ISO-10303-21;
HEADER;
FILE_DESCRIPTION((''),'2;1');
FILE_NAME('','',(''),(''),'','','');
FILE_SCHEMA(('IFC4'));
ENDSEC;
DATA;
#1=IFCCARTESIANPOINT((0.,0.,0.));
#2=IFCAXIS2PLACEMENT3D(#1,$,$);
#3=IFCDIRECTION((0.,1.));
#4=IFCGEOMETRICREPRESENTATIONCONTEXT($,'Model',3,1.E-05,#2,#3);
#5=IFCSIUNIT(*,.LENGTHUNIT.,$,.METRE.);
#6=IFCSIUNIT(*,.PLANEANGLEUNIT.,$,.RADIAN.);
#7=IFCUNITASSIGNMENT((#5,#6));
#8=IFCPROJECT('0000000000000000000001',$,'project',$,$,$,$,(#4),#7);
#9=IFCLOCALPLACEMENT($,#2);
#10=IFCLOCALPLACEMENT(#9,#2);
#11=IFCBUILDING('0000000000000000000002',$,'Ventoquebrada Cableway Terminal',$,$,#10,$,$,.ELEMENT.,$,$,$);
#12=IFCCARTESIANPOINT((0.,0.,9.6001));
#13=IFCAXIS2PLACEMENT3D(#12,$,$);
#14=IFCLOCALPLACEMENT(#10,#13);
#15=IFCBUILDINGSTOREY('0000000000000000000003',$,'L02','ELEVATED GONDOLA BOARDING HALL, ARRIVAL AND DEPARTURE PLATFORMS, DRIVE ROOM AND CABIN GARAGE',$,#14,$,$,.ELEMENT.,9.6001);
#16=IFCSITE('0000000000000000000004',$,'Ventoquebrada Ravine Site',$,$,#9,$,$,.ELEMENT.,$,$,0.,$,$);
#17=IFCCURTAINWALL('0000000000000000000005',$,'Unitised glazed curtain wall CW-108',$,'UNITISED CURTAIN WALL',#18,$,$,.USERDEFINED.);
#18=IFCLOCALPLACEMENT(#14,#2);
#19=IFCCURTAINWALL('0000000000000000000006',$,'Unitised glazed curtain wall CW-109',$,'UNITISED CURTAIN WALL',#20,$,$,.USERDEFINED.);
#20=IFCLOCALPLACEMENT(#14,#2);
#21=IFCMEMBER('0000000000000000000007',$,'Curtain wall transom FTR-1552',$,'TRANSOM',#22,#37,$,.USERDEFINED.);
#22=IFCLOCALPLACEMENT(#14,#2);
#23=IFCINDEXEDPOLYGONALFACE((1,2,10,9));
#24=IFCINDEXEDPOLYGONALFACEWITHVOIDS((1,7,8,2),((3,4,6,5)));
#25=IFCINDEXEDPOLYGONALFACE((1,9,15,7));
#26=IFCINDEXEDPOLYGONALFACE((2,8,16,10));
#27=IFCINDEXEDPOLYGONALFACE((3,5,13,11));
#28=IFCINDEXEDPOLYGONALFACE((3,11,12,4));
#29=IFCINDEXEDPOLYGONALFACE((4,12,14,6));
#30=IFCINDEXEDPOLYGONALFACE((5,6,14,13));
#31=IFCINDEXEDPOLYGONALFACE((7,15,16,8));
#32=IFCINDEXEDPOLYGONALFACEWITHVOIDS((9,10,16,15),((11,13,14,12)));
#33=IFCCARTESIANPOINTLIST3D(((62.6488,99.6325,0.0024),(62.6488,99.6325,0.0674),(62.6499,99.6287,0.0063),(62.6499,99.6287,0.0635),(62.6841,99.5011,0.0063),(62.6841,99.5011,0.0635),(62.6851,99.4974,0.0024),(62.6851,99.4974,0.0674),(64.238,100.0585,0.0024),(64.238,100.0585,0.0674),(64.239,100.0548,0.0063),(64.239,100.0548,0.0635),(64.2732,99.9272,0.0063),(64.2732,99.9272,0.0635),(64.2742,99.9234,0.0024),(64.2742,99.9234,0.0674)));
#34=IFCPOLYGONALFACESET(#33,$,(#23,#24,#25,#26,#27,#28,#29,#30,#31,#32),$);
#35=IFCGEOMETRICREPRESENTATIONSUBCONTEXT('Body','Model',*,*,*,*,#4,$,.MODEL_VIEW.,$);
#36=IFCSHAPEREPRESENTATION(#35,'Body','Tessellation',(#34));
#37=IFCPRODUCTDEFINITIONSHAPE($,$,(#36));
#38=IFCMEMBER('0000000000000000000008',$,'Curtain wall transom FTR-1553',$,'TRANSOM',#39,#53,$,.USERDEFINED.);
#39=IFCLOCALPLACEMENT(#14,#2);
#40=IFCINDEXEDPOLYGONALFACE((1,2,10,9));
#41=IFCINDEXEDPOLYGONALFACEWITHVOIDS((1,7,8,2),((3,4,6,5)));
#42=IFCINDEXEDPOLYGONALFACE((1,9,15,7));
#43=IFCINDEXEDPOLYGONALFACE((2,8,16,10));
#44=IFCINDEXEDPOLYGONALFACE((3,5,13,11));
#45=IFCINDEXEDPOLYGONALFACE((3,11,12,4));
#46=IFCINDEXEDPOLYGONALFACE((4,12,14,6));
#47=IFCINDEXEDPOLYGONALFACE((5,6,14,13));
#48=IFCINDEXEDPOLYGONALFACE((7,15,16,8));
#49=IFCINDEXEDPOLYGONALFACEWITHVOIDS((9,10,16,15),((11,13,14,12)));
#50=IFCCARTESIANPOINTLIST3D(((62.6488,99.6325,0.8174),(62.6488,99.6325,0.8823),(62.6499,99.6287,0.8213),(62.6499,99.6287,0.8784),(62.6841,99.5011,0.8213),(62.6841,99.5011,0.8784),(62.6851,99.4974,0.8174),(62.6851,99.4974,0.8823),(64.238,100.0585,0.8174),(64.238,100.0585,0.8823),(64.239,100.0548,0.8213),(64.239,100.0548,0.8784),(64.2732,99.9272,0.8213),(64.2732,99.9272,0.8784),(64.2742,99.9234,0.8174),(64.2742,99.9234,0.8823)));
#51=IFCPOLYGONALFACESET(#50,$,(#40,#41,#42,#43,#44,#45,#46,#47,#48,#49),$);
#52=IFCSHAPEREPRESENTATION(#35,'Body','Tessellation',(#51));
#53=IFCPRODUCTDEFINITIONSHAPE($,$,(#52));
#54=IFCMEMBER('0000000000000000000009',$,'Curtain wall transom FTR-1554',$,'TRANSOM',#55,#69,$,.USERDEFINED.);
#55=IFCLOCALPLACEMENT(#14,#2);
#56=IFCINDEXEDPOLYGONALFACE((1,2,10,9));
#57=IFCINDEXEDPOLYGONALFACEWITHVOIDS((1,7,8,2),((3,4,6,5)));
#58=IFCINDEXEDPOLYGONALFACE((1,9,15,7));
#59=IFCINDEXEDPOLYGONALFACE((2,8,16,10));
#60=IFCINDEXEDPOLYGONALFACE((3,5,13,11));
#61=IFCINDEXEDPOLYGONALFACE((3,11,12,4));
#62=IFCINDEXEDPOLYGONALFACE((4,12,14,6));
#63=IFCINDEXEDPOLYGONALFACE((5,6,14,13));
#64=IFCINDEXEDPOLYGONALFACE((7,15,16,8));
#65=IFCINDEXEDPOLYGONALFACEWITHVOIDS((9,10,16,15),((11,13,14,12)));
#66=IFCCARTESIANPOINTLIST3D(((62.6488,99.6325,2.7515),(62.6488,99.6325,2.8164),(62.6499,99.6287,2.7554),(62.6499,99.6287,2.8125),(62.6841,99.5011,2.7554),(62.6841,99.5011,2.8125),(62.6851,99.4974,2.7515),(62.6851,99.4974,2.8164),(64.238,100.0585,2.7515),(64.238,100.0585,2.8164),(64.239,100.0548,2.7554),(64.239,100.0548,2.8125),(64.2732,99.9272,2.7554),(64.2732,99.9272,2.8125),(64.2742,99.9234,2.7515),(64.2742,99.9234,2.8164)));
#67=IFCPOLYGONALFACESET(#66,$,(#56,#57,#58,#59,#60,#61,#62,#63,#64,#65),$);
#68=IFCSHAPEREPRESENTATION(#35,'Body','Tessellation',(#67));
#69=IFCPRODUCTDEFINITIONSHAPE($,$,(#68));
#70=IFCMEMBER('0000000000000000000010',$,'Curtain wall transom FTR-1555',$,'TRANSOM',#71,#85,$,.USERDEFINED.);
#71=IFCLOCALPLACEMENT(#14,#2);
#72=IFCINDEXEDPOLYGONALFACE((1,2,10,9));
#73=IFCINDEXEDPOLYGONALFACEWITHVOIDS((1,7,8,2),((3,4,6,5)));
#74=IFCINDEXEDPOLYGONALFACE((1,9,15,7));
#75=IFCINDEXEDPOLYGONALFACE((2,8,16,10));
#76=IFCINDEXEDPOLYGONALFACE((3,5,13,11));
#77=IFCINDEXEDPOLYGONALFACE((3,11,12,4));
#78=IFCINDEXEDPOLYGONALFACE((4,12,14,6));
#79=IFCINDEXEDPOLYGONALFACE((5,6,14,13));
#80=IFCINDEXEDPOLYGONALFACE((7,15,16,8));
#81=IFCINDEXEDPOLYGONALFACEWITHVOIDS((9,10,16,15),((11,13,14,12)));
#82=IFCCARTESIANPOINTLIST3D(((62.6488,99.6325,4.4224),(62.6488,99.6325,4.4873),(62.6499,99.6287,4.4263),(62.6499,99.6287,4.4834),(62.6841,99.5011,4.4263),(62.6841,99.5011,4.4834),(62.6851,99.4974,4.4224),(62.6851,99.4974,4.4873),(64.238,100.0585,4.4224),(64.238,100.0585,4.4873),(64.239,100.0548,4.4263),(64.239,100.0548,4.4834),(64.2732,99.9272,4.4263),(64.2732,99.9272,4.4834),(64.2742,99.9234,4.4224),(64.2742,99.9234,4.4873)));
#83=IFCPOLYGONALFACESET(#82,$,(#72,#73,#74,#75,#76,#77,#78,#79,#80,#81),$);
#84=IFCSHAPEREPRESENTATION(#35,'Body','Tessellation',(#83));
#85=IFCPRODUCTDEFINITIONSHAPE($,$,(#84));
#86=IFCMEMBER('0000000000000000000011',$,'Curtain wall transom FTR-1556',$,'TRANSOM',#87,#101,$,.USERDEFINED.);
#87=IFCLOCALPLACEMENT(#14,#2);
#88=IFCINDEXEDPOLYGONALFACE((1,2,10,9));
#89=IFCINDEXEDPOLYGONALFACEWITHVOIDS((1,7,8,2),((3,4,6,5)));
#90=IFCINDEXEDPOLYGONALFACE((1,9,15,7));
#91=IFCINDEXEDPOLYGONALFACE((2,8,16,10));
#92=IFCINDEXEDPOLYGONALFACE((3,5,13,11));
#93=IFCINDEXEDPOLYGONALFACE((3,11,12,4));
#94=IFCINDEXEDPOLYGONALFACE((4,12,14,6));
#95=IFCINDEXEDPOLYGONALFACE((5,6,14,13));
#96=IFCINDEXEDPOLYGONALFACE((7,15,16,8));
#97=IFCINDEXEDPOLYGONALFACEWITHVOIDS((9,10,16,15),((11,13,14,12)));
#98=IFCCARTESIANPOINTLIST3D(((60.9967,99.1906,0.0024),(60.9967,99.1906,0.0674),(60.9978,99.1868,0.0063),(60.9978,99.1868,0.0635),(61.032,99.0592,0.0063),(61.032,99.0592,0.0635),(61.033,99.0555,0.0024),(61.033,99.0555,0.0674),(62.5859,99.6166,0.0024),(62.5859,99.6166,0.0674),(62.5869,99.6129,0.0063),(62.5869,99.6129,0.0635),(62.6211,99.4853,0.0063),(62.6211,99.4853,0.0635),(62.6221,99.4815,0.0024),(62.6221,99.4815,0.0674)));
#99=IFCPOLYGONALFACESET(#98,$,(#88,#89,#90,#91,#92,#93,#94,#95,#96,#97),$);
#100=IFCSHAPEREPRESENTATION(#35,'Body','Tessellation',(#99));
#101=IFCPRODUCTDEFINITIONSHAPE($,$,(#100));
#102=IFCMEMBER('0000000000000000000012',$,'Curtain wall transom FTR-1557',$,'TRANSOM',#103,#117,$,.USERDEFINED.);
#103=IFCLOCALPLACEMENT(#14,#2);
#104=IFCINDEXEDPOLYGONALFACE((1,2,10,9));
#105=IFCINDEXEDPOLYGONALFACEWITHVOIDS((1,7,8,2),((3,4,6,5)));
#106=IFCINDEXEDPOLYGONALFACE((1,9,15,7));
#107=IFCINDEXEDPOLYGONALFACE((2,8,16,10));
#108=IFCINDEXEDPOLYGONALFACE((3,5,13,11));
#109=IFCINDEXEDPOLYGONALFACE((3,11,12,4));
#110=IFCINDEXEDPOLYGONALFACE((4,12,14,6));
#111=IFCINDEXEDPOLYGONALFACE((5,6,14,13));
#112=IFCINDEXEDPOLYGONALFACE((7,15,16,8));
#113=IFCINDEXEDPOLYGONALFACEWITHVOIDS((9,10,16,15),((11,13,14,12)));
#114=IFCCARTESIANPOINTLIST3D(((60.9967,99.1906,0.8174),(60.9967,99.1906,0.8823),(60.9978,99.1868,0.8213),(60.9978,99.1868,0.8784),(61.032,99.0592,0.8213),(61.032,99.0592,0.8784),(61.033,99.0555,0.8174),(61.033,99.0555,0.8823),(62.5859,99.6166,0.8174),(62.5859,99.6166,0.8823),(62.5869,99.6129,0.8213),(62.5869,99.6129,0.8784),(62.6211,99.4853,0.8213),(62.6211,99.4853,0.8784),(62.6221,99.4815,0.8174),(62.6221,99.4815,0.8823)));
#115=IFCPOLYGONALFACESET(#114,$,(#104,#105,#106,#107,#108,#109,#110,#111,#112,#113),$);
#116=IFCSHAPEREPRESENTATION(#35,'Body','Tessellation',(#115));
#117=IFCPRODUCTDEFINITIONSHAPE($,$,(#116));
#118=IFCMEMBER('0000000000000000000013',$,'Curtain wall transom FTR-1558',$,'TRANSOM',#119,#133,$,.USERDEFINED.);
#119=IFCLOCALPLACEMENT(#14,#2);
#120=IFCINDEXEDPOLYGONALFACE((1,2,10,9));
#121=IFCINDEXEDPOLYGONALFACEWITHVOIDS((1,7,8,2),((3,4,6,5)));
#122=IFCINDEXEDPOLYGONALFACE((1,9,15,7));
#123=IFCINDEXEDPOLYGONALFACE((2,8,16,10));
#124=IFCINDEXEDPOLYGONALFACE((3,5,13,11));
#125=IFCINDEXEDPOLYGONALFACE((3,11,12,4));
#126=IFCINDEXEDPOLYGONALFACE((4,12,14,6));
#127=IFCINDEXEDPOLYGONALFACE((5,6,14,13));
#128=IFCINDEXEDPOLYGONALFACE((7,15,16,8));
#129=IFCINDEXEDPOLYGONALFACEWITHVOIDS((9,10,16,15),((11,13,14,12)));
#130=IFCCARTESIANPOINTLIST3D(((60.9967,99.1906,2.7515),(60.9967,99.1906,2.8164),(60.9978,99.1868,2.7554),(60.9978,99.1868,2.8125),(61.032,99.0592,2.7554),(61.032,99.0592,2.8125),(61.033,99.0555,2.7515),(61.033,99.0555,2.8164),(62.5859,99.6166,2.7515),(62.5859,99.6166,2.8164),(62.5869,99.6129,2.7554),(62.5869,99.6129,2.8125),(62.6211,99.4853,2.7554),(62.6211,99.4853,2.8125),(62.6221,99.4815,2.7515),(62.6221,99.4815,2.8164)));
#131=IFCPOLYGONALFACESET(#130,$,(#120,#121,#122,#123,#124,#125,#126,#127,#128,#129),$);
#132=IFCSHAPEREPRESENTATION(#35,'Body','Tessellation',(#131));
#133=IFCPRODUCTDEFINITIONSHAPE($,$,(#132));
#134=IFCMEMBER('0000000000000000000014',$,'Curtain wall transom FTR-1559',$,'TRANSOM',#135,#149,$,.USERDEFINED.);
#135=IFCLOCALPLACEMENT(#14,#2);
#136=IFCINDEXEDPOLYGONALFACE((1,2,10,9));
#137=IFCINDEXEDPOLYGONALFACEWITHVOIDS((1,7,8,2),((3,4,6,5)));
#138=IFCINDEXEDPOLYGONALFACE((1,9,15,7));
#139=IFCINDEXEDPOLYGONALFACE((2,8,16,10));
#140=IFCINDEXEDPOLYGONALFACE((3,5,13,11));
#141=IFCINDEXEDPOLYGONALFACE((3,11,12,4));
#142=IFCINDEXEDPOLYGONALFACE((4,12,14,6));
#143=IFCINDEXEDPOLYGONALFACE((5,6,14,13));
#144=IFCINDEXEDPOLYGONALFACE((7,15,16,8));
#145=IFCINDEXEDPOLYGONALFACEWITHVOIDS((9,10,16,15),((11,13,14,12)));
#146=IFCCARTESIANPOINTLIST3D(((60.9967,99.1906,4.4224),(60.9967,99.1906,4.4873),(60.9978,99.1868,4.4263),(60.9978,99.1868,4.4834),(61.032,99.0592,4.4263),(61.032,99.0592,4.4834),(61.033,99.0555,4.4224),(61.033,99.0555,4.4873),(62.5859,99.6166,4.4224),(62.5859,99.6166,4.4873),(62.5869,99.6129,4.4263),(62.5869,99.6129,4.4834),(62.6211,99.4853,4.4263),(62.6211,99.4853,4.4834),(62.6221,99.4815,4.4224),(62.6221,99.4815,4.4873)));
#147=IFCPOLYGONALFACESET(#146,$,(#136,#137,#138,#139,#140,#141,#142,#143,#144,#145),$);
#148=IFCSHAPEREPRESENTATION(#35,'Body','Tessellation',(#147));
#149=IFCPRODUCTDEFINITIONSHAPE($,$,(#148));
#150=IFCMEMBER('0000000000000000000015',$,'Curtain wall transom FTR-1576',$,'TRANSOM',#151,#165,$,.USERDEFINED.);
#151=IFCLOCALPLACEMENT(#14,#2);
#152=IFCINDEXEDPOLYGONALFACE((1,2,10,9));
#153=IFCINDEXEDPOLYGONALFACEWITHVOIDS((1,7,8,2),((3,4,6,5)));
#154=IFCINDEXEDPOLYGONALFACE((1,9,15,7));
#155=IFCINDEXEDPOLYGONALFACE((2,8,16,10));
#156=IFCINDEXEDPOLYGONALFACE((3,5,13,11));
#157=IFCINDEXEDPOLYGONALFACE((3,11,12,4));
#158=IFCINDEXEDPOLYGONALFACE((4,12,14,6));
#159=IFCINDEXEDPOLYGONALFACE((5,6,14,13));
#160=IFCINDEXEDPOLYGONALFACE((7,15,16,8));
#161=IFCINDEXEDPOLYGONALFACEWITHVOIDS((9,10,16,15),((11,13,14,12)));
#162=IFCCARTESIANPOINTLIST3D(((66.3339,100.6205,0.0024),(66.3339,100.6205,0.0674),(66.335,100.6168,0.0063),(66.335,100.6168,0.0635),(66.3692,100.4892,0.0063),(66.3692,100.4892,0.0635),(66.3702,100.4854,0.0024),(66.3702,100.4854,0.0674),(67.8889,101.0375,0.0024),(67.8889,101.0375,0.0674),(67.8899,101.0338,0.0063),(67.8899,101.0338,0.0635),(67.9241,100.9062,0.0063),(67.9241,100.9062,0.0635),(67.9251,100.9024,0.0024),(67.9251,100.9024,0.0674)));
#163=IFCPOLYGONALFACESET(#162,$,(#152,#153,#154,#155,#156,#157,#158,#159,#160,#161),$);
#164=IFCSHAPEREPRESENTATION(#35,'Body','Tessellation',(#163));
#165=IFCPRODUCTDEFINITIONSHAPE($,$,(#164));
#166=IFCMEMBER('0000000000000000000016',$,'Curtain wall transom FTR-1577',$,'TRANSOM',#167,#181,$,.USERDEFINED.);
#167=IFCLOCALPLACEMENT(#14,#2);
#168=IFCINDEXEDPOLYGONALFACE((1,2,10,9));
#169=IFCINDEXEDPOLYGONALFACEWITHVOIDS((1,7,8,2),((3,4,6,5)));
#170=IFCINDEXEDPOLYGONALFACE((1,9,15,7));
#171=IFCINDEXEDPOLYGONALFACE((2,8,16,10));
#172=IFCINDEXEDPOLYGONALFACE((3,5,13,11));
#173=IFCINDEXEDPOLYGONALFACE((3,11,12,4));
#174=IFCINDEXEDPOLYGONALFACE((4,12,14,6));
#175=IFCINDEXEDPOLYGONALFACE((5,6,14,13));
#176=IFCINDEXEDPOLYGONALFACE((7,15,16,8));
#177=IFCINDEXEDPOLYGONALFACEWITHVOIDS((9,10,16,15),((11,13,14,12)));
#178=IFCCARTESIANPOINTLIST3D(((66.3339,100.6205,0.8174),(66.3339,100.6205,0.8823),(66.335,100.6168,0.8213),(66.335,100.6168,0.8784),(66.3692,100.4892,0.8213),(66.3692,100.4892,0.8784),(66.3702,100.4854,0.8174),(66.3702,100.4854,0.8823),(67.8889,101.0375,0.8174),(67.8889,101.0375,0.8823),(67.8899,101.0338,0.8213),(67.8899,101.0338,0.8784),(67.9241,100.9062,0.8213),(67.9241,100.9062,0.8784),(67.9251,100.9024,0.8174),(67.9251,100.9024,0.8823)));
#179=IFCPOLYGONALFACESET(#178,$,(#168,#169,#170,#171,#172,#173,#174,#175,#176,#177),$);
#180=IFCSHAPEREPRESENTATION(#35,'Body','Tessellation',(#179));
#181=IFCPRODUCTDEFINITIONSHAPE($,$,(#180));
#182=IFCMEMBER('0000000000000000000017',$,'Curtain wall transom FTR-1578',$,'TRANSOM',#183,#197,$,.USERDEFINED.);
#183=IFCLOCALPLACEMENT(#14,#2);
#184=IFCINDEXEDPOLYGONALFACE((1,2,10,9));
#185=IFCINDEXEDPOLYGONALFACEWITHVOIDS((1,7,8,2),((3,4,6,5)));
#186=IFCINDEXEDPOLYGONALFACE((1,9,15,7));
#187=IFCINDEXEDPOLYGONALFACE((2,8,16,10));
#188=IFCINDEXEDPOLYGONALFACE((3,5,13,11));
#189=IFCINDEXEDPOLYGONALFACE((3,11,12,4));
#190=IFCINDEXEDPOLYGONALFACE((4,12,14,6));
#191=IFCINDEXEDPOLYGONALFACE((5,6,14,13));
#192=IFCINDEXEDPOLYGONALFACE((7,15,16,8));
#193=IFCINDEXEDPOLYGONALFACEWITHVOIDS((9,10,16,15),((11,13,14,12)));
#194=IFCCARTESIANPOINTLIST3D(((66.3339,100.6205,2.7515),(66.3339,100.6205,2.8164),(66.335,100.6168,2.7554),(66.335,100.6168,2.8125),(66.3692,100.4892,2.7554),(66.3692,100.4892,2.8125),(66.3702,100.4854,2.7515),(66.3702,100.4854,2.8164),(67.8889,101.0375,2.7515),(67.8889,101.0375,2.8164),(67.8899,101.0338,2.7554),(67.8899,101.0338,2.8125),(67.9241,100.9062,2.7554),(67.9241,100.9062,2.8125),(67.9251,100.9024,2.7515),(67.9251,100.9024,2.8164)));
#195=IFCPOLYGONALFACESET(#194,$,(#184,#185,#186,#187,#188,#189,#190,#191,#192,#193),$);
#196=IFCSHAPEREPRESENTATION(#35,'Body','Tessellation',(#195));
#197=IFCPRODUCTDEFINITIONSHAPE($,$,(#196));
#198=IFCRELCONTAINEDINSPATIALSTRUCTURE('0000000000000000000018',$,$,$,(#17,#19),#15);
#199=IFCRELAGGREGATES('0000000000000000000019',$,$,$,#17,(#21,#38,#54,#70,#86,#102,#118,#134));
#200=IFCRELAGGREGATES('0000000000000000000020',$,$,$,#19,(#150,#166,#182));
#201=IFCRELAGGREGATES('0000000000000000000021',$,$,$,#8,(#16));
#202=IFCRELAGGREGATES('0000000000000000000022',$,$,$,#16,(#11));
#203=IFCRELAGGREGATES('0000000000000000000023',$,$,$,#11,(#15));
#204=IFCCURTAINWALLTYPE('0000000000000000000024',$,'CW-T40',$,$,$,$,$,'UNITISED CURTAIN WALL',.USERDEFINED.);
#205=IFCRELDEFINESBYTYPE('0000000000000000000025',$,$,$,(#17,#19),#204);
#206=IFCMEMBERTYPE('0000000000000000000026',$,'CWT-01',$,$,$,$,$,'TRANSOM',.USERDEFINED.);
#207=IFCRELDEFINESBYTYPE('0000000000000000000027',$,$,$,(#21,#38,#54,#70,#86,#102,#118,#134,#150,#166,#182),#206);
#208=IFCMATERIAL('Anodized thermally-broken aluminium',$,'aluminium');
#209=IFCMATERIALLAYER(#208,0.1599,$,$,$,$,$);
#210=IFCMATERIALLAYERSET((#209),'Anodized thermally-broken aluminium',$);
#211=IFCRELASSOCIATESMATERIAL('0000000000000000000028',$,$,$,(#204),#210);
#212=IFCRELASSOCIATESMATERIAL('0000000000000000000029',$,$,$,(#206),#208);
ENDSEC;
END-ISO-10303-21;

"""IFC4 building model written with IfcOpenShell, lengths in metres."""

from ifc_helpers import new_model, si_unit, direction, frame, origin, origin_2d, place, context, subcontext, project, spatial, hollow_rectangle, extrude, material, layer, layer_set, material_profile, profile_set, type_object, element, aggregate, save


model = new_model("IFC4")

# Units and contexts
model_context = context("Model", 3, precision=1e-05, world=origin(), true_north=direction((0.0, 1.0)))
body_context = subcontext(model_context, "Body", "Model", "MODEL_VIEW")
ifc_project = project(units=[si_unit("LENGTHUNIT", "METRE"), si_unit("PLANEANGLEUNIT", "RADIAN")], contexts=[model_context])

# Site, building, storey
site_placement = place(None, origin())
site = spatial("IfcSite", under=ifc_project, at=site_placement, Name="Ventoquebrada Ravine Site", CompositionType="ELEMENT", RefElevation=0.0)
building_placement = place(site_placement, origin())
building = spatial("IfcBuilding", under=site, at=building_placement, Name="Ventoquebrada Cableway Terminal", CompositionType="ELEMENT")
storey_placement = place(building_placement, frame((0.0, 0.0, 9.6001)))
storey = spatial("IfcBuildingStorey", under=building, at=storey_placement, Name="L02", Description="ELEVATED GONDOLA BOARDING HALL, ARRIVAL AND DEPARTURE PLATFORMS, DRIVE ROOM AND CABIN GARAGE", CompositionType="ELEMENT", Elevation=9.6001)

# Curtain walls
ifc_material_1 = material(Name="Anodized thermally-broken aluminium", Category="aluminium")
ifc_layer_1 = layer(ifc_material_1, 0.1599)
ifc_layer_set_1 = layer_set([ifc_layer_1], Name="Anodized thermally-broken aluminium")
curtain_wall_type = type_object("IfcCurtainWallType", Name="CW-T40", ElementType="UNITISED CURTAIN WALL", PredefinedType="USERDEFINED", material=ifc_layer_set_1)
curtain_wall_1_placement = place(storey_placement, origin())
curtain_wall_1 = element("IfcCurtainWall", 1, at=curtain_wall_1_placement, inside=storey, type_object=curtain_wall_type, Name="Unitised glazed curtain wall CW-108", ObjectType="UNITISED CURTAIN WALL", PredefinedType="USERDEFINED")
curtain_wall_2_placement = place(storey_placement, origin())
curtain_wall_2 = element("IfcCurtainWall", 2, at=curtain_wall_2_placement, inside=storey, type_object=curtain_wall_type, Name="Unitised glazed curtain wall CW-109", ObjectType="UNITISED CURTAIN WALL", PredefinedType="USERDEFINED")

# Members
ifc_material_profile_1 = material_profile(ifc_material_1, hollow_rectangle(XDim=0.0649, YDim=0.1399, WallThickness=0.0039, at=origin_2d()), Name="CW-TRN-65X140")
ifc_profile_set_1 = profile_set([ifc_material_profile_1], Name="Anodized thermally-broken aluminium")
member_type_1 = type_object("IfcMemberType", Name="CWT-01", ElementType="TRANSOM", PredefinedType="USERDEFINED", material=ifc_profile_set_1)
member_1_placement = place(storey_placement, frame((64.2561, 99.991, 0.0349), z_axis=(-0.965892, -0.258946, 0.0), x_axis=(0.0, 0.0, 1.0)))
member_1 = element("IfcMember", 3, at=member_1_placement, type_object=member_type_1, Name="Curtain wall transom FTR-1552", ObjectType="TRANSOM", PredefinedType="USERDEFINED", context=body_context, shape_type="SweptSolid", body=[
    extrude(hollow_rectangle(XDim=0.0649, YDim=0.1399, WallThickness=0.0039, at=origin_2d()), origin(), (0.0, 0.0, 1.0), 1.6453),
])
member_2_placement = place(storey_placement, frame((64.2561, 99.991, 0.8499), z_axis=(-0.965892, -0.258946, 0.0), x_axis=(0.0, 0.0, 1.0)))
member_2 = element("IfcMember", 4, at=member_2_placement, type_object=member_type_1, Name="Curtain wall transom FTR-1553", ObjectType="TRANSOM", PredefinedType="USERDEFINED", context=body_context, shape_type="SweptSolid", body=[
    extrude(hollow_rectangle(XDim=0.0649, YDim=0.1399, WallThickness=0.0039, at=origin_2d()), origin(), (0.0, 0.0, 1.0), 1.6453),
])
member_3_placement = place(storey_placement, frame((64.2561, 99.991, 2.7839), z_axis=(-0.965892, -0.258946, 0.0), x_axis=(0.0, 0.0, 1.0)))
member_3 = element("IfcMember", 5, at=member_3_placement, type_object=member_type_1, Name="Curtain wall transom FTR-1554", ObjectType="TRANSOM", PredefinedType="USERDEFINED", context=body_context, shape_type="SweptSolid", body=[
    extrude(hollow_rectangle(XDim=0.0649, YDim=0.1399, WallThickness=0.0039, at=origin_2d()), origin(), (0.0, 0.0, 1.0), 1.6453),
])
member_4_placement = place(storey_placement, frame((64.2561, 99.991, 4.4548), z_axis=(-0.965892, -0.258946, 0.0), x_axis=(0.0, 0.0, 1.0)))
member_4 = element("IfcMember", 6, at=member_4_placement, type_object=member_type_1, Name="Curtain wall transom FTR-1555", ObjectType="TRANSOM", PredefinedType="USERDEFINED", context=body_context, shape_type="SweptSolid", body=[
    extrude(hollow_rectangle(XDim=0.0649, YDim=0.1399, WallThickness=0.0039, at=origin_2d()), origin(), (0.0, 0.0, 1.0), 1.6453),
])
member_5_placement = place(storey_placement, frame((62.604, 99.5491, 0.0349), z_axis=(-0.965892, -0.258946, 0.0), x_axis=(0.0, 0.0, 1.0)))
member_5 = element("IfcMember", 7, at=member_5_placement, type_object=member_type_1, Name="Curtain wall transom FTR-1556", ObjectType="TRANSOM", PredefinedType="USERDEFINED", context=body_context, shape_type="SweptSolid", body=[
    extrude(hollow_rectangle(XDim=0.0649, YDim=0.1399, WallThickness=0.0039, at=origin_2d()), origin(), (0.0, 0.0, 1.0), 1.6453),
])
member_6_placement = place(storey_placement, frame((62.604, 99.5491, 0.8499), z_axis=(-0.965892, -0.258946, 0.0), x_axis=(0.0, 0.0, 1.0)))
member_6 = element("IfcMember", 8, at=member_6_placement, type_object=member_type_1, Name="Curtain wall transom FTR-1557", ObjectType="TRANSOM", PredefinedType="USERDEFINED", context=body_context, shape_type="SweptSolid", body=[
    extrude(hollow_rectangle(XDim=0.0649, YDim=0.1399, WallThickness=0.0039, at=origin_2d()), origin(), (0.0, 0.0, 1.0), 1.6453),
])
member_7_placement = place(storey_placement, frame((62.604, 99.5491, 2.7839), z_axis=(-0.965892, -0.258946, 0.0), x_axis=(0.0, 0.0, 1.0)))
member_7 = element("IfcMember", 9, at=member_7_placement, type_object=member_type_1, Name="Curtain wall transom FTR-1558", ObjectType="TRANSOM", PredefinedType="USERDEFINED", context=body_context, shape_type="SweptSolid", body=[
    extrude(hollow_rectangle(XDim=0.0649, YDim=0.1399, WallThickness=0.0039, at=origin_2d()), origin(), (0.0, 0.0, 1.0), 1.6453),
])
member_8_placement = place(storey_placement, frame((62.604, 99.5491, 4.4548), z_axis=(-0.965892, -0.258946, 0.0), x_axis=(0.0, 0.0, 1.0)))
member_8 = element("IfcMember", 10, at=member_8_placement, type_object=member_type_1, Name="Curtain wall transom FTR-1559", ObjectType="TRANSOM", PredefinedType="USERDEFINED", context=body_context, shape_type="SweptSolid", body=[
    extrude(hollow_rectangle(XDim=0.0649, YDim=0.1399, WallThickness=0.0039, at=origin_2d()), origin(), (0.0, 0.0, 1.0), 1.6453),
])
member_9_placement = place(storey_placement, frame((67.907, 100.97, 0.0349), z_axis=(-0.965872, -0.259022, 0.0), x_axis=(0.0, 0.0, 1.0)))
member_9 = element("IfcMember", 11, at=member_9_placement, type_object=member_type_1, Name="Curtain wall transom FTR-1576", ObjectType="TRANSOM", PredefinedType="USERDEFINED", context=body_context, shape_type="SweptSolid", body=[
    extrude(hollow_rectangle(XDim=0.0649, YDim=0.1399, WallThickness=0.0039, at=origin_2d()), origin(), (0.0, 0.0, 1.0), 1.6099),
])
member_10_placement = place(storey_placement, frame((67.907, 100.97, 0.8499), z_axis=(-0.965872, -0.259022, 0.0), x_axis=(0.0, 0.0, 1.0)))
member_10 = element("IfcMember", 12, at=member_10_placement, type_object=member_type_1, Name="Curtain wall transom FTR-1577", ObjectType="TRANSOM", PredefinedType="USERDEFINED", context=body_context, shape_type="SweptSolid", body=[
    extrude(hollow_rectangle(XDim=0.0649, YDim=0.1399, WallThickness=0.0039, at=origin_2d()), origin(), (0.0, 0.0, 1.0), 1.6099),
])
member_11_placement = place(storey_placement, frame((67.907, 100.97, 2.7839), z_axis=(-0.965872, -0.259022, 0.0), x_axis=(0.0, 0.0, 1.0)))
member_11 = element("IfcMember", 13, at=member_11_placement, type_object=member_type_1, Name="Curtain wall transom FTR-1578", ObjectType="TRANSOM", PredefinedType="USERDEFINED", context=body_context, shape_type="SweptSolid", body=[
    extrude(hollow_rectangle(XDim=0.0649, YDim=0.1399, WallThickness=0.0039, at=origin_2d()), origin(), (0.0, 0.0, 1.0), 1.6099),
])

aggregate(curtain_wall_1, [member_1, member_2, member_3, member_4, member_5, member_6, member_7, member_8])
aggregate(curtain_wall_2, [member_9, member_10, member_11])

save(model, "model.ifc")
